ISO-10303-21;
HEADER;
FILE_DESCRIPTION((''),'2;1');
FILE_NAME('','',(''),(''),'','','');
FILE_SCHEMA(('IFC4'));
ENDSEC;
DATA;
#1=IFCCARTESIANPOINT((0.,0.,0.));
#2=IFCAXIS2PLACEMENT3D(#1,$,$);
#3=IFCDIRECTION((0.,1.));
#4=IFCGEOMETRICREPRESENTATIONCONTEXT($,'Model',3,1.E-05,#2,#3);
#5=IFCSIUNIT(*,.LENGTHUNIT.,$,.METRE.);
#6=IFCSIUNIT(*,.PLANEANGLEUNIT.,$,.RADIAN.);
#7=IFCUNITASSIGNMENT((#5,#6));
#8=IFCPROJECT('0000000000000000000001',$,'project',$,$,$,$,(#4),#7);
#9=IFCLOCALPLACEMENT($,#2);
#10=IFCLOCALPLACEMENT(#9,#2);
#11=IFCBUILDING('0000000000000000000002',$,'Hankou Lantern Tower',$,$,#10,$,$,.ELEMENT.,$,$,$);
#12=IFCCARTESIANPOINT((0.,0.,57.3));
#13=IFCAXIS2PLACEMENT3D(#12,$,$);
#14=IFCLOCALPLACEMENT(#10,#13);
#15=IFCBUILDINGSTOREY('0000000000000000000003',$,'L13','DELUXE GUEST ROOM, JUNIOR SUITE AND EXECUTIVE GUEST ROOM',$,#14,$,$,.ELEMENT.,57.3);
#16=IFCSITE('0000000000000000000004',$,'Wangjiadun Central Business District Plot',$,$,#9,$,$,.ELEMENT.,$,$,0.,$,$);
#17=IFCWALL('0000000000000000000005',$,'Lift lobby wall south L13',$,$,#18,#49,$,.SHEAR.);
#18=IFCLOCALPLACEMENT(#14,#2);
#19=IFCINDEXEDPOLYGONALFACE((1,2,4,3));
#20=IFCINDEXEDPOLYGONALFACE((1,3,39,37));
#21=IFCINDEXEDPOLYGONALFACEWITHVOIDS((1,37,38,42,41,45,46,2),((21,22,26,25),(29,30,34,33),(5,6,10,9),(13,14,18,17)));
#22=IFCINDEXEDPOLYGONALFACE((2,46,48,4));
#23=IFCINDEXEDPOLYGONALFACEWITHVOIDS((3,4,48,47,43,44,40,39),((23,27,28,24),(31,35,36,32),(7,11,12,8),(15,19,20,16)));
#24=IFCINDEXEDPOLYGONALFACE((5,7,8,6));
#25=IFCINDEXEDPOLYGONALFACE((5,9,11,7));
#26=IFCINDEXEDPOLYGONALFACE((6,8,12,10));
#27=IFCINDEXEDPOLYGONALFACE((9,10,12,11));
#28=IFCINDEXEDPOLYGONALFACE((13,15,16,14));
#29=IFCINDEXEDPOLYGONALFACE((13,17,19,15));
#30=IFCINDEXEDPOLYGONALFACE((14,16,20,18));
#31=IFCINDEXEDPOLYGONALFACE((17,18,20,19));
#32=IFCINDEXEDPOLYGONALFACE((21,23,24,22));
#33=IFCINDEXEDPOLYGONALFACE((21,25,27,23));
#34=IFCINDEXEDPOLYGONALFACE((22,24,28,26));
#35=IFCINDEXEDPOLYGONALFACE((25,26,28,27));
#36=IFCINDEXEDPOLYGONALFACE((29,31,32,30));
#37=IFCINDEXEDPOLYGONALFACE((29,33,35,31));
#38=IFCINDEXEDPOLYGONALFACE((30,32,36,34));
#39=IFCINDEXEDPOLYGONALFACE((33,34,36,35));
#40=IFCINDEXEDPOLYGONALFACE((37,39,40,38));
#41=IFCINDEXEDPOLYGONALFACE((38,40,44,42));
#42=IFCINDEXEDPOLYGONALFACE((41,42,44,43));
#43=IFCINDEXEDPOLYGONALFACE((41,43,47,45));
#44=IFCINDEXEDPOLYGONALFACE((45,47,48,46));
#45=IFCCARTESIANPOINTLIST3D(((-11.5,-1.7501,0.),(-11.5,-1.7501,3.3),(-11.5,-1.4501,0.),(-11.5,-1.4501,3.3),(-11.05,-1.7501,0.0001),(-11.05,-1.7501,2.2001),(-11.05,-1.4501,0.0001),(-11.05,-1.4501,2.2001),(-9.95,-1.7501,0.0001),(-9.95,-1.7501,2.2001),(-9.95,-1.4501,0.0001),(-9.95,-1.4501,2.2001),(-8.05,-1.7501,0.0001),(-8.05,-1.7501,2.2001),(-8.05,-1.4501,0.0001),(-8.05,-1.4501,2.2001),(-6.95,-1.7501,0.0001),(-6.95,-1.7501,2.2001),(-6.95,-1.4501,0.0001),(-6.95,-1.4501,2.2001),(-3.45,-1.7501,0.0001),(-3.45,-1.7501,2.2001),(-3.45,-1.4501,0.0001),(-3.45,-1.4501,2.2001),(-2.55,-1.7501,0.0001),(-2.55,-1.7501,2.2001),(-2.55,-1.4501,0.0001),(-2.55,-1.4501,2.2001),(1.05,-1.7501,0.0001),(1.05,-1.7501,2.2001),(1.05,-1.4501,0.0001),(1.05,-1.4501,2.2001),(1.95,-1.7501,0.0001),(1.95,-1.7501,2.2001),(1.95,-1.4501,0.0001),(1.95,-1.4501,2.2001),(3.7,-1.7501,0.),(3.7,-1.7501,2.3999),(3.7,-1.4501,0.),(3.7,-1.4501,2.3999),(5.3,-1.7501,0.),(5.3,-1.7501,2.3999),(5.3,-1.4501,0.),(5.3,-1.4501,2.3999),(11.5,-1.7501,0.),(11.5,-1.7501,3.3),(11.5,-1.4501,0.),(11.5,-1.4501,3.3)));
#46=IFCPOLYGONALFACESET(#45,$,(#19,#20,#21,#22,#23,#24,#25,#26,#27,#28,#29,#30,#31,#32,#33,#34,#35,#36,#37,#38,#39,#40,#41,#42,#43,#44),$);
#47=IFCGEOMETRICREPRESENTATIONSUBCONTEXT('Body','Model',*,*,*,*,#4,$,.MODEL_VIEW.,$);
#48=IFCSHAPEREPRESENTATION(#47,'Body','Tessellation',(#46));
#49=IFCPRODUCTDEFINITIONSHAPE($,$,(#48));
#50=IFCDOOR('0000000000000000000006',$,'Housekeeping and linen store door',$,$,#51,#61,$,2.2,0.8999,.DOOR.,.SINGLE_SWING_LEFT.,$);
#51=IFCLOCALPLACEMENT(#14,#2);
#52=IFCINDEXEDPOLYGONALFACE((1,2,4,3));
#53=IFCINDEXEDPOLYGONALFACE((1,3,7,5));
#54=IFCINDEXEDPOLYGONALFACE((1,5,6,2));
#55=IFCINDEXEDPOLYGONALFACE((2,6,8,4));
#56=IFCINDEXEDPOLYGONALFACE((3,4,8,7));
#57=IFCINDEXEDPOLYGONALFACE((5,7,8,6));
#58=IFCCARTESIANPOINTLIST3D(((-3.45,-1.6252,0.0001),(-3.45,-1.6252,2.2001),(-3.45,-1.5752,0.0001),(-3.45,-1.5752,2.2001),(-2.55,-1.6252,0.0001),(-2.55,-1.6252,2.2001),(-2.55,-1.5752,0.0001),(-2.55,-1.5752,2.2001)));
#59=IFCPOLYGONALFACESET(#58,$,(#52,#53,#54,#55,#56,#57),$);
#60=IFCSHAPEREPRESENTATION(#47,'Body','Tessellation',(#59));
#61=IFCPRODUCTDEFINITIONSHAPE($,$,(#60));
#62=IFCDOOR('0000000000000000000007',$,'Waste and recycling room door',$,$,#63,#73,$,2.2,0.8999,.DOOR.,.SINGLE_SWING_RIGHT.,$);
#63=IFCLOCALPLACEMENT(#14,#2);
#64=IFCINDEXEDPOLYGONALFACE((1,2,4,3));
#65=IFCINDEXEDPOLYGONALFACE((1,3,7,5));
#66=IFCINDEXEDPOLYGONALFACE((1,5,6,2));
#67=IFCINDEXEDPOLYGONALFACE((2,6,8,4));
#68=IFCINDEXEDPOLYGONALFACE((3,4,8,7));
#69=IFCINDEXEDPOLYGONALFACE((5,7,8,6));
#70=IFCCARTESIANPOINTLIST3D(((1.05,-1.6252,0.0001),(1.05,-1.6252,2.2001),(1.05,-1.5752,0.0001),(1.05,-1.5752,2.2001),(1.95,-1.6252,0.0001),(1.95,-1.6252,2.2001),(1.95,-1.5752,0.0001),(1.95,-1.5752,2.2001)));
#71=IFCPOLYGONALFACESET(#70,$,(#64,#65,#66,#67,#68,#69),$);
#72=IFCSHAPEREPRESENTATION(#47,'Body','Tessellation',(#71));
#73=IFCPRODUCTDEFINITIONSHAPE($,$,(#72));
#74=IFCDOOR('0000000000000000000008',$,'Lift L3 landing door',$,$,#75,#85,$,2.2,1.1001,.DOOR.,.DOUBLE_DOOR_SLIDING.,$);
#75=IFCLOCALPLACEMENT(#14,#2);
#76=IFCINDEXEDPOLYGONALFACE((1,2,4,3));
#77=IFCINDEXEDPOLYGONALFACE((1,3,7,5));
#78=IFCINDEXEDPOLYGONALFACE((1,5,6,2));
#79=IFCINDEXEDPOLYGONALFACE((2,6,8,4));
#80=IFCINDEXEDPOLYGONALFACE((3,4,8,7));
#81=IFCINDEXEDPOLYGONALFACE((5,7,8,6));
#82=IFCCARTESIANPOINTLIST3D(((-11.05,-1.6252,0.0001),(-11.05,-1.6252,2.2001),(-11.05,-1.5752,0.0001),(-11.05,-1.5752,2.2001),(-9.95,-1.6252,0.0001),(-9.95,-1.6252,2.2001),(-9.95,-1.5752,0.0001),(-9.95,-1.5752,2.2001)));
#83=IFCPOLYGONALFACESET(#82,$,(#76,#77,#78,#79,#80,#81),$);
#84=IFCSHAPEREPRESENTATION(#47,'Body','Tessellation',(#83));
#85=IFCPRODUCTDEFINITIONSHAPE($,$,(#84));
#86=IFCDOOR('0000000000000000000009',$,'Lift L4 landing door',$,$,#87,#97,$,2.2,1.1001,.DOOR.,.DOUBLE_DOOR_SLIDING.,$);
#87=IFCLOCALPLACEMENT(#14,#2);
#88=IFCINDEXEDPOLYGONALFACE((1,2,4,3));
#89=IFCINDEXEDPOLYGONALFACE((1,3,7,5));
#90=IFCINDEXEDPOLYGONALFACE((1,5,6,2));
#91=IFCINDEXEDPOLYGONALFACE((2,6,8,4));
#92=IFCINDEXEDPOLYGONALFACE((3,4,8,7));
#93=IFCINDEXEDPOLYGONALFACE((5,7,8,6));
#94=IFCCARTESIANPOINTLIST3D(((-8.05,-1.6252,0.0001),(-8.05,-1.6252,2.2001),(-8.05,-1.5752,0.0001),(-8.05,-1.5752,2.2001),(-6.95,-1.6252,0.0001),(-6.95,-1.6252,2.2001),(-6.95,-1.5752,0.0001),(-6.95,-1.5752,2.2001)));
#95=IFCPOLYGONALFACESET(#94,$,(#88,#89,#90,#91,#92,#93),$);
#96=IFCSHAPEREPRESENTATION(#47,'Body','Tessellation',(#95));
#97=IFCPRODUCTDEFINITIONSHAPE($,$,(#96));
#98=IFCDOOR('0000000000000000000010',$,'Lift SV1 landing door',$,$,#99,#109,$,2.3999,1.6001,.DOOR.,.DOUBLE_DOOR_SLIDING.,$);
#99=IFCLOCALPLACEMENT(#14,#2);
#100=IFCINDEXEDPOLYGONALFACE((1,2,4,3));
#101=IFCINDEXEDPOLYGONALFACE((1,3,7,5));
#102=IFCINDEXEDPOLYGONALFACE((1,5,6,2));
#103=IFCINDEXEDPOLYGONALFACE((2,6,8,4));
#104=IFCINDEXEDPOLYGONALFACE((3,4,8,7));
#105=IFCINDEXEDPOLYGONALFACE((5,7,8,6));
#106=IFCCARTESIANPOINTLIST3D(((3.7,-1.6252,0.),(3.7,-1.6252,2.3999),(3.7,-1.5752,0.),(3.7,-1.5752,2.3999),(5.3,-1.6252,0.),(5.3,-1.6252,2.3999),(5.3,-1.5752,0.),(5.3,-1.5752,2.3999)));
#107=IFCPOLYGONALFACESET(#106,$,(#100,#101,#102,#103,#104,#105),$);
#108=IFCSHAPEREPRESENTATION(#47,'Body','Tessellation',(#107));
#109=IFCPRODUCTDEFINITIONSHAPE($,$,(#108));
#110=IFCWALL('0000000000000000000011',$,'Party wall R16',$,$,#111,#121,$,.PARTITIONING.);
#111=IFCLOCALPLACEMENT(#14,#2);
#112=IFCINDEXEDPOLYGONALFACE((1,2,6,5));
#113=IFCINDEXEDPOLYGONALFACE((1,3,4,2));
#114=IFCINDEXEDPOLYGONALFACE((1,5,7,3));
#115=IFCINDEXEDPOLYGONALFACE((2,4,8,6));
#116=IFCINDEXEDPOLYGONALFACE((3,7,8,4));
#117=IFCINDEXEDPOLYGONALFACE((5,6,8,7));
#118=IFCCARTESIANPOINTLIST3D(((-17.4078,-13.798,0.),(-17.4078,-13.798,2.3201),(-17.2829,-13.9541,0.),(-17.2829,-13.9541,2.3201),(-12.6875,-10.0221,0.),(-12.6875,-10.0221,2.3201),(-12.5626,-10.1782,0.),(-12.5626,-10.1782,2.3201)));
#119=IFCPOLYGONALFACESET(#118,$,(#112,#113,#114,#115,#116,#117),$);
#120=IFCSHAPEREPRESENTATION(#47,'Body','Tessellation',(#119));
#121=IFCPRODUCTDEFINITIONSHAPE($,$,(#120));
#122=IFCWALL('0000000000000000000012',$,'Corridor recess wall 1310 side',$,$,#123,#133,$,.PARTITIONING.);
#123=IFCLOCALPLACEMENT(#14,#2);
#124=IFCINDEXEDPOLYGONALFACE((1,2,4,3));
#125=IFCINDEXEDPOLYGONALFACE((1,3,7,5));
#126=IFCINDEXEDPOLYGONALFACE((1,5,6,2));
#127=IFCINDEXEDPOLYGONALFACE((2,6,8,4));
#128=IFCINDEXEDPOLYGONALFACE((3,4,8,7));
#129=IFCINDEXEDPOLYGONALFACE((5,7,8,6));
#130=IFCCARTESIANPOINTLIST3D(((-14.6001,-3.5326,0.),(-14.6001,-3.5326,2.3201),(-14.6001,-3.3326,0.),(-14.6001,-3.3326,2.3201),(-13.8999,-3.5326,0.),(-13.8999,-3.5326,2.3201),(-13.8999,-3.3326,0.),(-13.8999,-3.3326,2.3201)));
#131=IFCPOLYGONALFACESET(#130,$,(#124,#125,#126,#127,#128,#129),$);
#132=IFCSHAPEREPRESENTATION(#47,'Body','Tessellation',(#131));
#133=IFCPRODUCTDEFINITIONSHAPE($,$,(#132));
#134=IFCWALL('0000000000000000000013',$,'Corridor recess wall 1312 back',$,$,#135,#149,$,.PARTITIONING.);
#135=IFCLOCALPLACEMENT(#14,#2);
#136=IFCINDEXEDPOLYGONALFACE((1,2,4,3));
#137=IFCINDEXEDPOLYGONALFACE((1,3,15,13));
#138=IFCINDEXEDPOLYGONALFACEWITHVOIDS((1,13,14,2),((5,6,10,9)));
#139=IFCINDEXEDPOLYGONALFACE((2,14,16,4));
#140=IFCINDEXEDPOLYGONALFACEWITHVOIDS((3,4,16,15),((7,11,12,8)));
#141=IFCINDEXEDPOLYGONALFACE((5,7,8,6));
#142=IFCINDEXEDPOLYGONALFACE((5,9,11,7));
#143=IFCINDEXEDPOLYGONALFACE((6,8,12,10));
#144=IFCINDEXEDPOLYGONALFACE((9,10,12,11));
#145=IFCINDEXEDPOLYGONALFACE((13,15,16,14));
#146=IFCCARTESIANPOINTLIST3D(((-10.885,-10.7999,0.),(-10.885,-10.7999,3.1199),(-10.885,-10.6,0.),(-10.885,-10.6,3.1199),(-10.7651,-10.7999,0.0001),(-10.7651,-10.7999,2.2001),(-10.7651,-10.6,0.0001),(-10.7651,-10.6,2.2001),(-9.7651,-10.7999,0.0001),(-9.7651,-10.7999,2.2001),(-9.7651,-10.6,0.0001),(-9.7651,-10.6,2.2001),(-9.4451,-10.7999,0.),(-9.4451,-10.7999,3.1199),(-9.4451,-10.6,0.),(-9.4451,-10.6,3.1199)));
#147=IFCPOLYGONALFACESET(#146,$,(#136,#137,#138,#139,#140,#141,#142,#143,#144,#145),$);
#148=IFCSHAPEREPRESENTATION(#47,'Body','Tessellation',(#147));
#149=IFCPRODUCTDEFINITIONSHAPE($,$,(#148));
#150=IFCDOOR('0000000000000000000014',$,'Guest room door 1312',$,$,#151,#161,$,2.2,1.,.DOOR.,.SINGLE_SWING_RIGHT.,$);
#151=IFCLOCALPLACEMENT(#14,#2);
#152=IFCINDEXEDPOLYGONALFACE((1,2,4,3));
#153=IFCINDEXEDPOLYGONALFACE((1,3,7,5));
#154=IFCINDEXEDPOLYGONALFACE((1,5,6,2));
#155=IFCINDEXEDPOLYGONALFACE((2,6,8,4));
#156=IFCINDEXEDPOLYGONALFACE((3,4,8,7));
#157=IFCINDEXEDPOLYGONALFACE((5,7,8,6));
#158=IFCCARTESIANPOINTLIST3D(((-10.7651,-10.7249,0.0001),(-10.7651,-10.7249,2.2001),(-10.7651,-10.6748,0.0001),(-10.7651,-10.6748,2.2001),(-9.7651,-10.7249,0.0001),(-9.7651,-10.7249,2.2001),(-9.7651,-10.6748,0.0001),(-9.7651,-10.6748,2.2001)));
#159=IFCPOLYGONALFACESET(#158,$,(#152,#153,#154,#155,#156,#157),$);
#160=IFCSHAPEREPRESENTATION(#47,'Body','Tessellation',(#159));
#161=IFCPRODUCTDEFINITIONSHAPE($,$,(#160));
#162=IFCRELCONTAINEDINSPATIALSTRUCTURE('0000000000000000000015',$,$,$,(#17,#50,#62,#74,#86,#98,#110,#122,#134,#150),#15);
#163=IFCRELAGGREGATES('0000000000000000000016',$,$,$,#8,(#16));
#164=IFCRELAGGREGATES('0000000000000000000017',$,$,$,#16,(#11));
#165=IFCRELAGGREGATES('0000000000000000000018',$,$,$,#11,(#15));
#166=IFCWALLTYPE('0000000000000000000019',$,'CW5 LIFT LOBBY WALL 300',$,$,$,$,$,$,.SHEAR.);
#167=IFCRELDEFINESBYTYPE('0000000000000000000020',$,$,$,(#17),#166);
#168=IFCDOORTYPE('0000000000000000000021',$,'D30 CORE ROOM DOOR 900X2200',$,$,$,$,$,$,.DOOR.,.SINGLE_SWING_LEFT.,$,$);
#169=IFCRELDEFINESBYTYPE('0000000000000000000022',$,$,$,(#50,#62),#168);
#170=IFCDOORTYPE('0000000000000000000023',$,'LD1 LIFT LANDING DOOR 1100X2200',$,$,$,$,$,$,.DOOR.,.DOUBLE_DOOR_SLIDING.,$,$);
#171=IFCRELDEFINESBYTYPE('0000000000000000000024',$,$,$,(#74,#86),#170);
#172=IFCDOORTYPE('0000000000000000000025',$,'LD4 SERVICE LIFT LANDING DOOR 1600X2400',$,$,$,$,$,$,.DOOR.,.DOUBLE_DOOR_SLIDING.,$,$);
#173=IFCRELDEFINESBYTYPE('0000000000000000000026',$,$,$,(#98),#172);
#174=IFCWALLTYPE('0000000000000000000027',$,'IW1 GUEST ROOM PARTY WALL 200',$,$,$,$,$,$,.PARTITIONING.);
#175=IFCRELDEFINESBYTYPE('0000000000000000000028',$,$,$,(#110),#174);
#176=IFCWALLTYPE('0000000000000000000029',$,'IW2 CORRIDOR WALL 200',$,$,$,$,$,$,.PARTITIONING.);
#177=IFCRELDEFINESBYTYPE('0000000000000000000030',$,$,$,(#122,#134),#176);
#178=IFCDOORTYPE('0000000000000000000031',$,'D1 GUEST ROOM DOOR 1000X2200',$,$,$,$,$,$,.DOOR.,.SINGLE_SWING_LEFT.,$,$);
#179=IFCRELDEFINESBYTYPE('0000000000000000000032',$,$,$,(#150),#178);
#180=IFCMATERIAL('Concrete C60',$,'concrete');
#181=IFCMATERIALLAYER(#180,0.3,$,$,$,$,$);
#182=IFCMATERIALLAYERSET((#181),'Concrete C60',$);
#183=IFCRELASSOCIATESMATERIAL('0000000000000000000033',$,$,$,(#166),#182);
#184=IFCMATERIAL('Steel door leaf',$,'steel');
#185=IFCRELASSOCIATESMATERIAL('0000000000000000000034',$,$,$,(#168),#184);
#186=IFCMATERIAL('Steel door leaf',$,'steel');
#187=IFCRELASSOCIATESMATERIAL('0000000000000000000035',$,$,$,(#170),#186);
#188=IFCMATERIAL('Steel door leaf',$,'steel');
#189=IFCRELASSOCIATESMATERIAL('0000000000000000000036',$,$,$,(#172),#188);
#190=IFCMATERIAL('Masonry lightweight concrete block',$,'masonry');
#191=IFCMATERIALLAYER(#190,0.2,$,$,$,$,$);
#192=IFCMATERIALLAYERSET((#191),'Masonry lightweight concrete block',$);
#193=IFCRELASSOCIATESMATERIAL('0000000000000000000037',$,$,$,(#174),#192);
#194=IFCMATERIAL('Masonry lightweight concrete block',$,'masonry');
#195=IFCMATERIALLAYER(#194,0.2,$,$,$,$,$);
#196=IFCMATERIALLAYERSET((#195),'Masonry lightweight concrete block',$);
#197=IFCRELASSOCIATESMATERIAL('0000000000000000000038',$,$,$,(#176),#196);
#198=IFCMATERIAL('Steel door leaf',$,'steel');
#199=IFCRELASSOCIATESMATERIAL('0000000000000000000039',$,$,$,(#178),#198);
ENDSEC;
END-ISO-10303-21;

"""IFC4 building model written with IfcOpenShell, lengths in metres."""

from ifc_helpers import new_model, si_unit, direction, frame, frame_2d, origin, place, context, subcontext, project, spatial, rectangle, extrude, material, layer, layer_set, type_object, element, fill, save


model = new_model("IFC4")

# Units and contexts
model_context = context("Model", 3, precision=1e-05, world=origin(), true_north=direction((0.0, 1.0)))
body_context = subcontext(model_context, "Body", "Model", "MODEL_VIEW")
ifc_project = project(units=[si_unit("LENGTHUNIT", "METRE"), si_unit("PLANEANGLEUNIT", "RADIAN")], contexts=[model_context])

# Site, building, storey
site_placement = place(None, origin())
site = spatial("IfcSite", under=ifc_project, at=site_placement, Name="Wangjiadun Central Business District Plot", CompositionType="ELEMENT", RefElevation=0.0)
building_placement = place(site_placement, origin())
building = spatial("IfcBuilding", under=site, at=building_placement, Name="Hankou Lantern Tower", CompositionType="ELEMENT")
storey_placement = place(building_placement, frame((0.0, 0.0, 57.3)))
storey = spatial("IfcBuildingStorey", under=building, at=storey_placement, Name="L13", Description="DELUXE GUEST ROOM, JUNIOR SUITE AND EXECUTIVE GUEST ROOM", CompositionType="ELEMENT", Elevation=57.3)

# Wall, openings, doors
ifc_material_1 = material(Name="Concrete C60", Category="concrete")
ifc_layer_1 = layer(ifc_material_1, 0.3)
ifc_layer_set_1 = layer_set([ifc_layer_1], Name="Concrete C60")
wall_type_1 = type_object("IfcWallType", Name="CW5 LIFT LOBBY WALL 300", PredefinedType="SHEAR", material=ifc_layer_set_1)
wall_1_placement = place(storey_placement, frame((-11.5, -1.6001, 0.0), z_axis=(0.0, 0.0, 1.0), x_axis=(1.0, 0.0, 0.0)))
wall_1 = element("IfcWall", 1, at=wall_1_placement, inside=storey, type_object=wall_type_1, Name="Lift lobby wall south L13", PredefinedType="SHEAR", context=body_context, shape_type="SweptSolid", body=[
    extrude(rectangle(XDim=23.0, YDim=0.3, at=frame_2d((11.5, 0.0))), origin(), (0.0, 0.0, 1.0), 3.3),
])
opening_1_placement = place(wall_1_placement, frame((0.45, 0.0, 0.0)))
opening_1 = element("IfcOpeningElement", 2, at=opening_1_placement, cuts=wall_1, PredefinedType="OPENING", context=body_context, shape_type="SweptSolid", body=[
    extrude(rectangle(XDim=1.1001, YDim=2.2, at=frame_2d((0.55, 1.1001))), frame((0.0, 0.1599, 0.0), z_axis=(0.0, -1.0, 0.0), x_axis=(1.0, 0.0, 0.0)), (0.0, 0.0, 1.0), 0.3201),
])
opening_2_placement = place(wall_1_placement, frame((3.45, 0.0, 0.0)))
opening_2 = element("IfcOpeningElement", 3, at=opening_2_placement, cuts=wall_1, PredefinedType="OPENING", context=body_context, shape_type="SweptSolid", body=[
    extrude(rectangle(XDim=1.1001, YDim=2.2, at=frame_2d((0.55, 1.1001))), frame((0.0, 0.1599, 0.0), z_axis=(0.0, -1.0, 0.0), x_axis=(1.0, 0.0, 0.0)), (0.0, 0.0, 1.0), 0.3201),
])
opening_3_placement = place(wall_1_placement, frame((15.2, 0.0, 0.0)))
opening_3 = element("IfcOpeningElement", 4, at=opening_3_placement, cuts=wall_1, PredefinedType="OPENING", context=body_context, shape_type="SweptSolid", body=[
    extrude(rectangle(XDim=1.6001, YDim=2.3999, at=frame_2d((0.8, 1.2))), frame((0.0, 0.1599, 0.0), z_axis=(0.0, -1.0, 0.0), x_axis=(1.0, 0.0, 0.0)), (0.0, 0.0, 1.0), 0.3201),
])
opening_4_placement = place(wall_1_placement, frame((8.05, 0.0, 0.0)))
opening_4 = element("IfcOpeningElement", 5, at=opening_4_placement, cuts=wall_1, PredefinedType="OPENING", context=body_context, shape_type="SweptSolid", body=[
    extrude(rectangle(XDim=0.8999, YDim=2.2, at=frame_2d((0.45, 1.1001))), frame((0.0, 0.1599, 0.0), z_axis=(0.0, -1.0, 0.0), x_axis=(1.0, 0.0, 0.0)), (0.0, 0.0, 1.0), 0.3201),
])
opening_5_placement = place(wall_1_placement, frame((12.55, 0.0, 0.0)))
opening_5 = element("IfcOpeningElement", 6, at=opening_5_placement, cuts=wall_1, PredefinedType="OPENING", context=body_context, shape_type="SweptSolid", body=[
    extrude(rectangle(XDim=0.8999, YDim=2.2, at=frame_2d((0.45, 1.1001))), frame((0.0, 0.1599, 0.0), z_axis=(0.0, -1.0, 0.0), x_axis=(1.0, 0.0, 0.0)), (0.0, 0.0, 1.0), 0.3201),
])
ifc_material_2 = material(Name="Steel door leaf", Category="steel")
door_type_1 = type_object("IfcDoorType", Name="D30 CORE ROOM DOOR 900X2200", OperationType="SINGLE_SWING_LEFT", PredefinedType="DOOR", material=ifc_material_2)
door_1_placement = place(opening_4_placement, origin())
door_1 = element("IfcDoor", 7, at=door_1_placement, inside=storey, type_object=door_type_1, Name="Housekeeping and linen store door", OperationType="SINGLE_SWING_LEFT", OverallHeight=2.2, OverallWidth=0.8999, PredefinedType="DOOR", context=body_context, shape_type="SweptSolid", body=[
    extrude(rectangle(XDim=0.8999, YDim=2.2, at=frame_2d((0.45, 1.1001))), frame((0.0, 0.0249, 0.0), z_axis=(0.0, -1.0, 0.0), x_axis=(1.0, 0.0, 0.0)), (0.0, 0.0, 1.0), 0.05),
])
fill(opening_4, door_1)
door_2_placement = place(opening_5_placement, origin())
door_2 = element("IfcDoor", 8, at=door_2_placement, inside=storey, type_object=door_type_1, Name="Waste and recycling room door", OperationType="SINGLE_SWING_RIGHT", OverallHeight=2.2, OverallWidth=0.8999, PredefinedType="DOOR", context=body_context, shape_type="SweptSolid", body=[
    extrude(rectangle(XDim=0.8999, YDim=2.2, at=frame_2d((0.45, 1.1001))), frame((0.0, 0.0249, 0.0), z_axis=(0.0, -1.0, 0.0), x_axis=(1.0, 0.0, 0.0)), (0.0, 0.0, 1.0), 0.05),
])
fill(opening_5, door_2)
ifc_material_3 = material(Name="Steel door leaf", Category="steel")
door_type_2 = type_object("IfcDoorType", Name="LD1 LIFT LANDING DOOR 1100X2200", OperationType="DOUBLE_DOOR_SLIDING", PredefinedType="DOOR", material=ifc_material_3)
door_3_placement = place(opening_1_placement, origin())
door_3 = element("IfcDoor", 9, at=door_3_placement, inside=storey, type_object=door_type_2, Name="Lift L3 landing door", OperationType="DOUBLE_DOOR_SLIDING", OverallHeight=2.2, OverallWidth=1.1001, PredefinedType="DOOR", context=body_context, shape_type="SweptSolid", body=[
    extrude(rectangle(XDim=1.1001, YDim=2.2, at=frame_2d((0.55, 1.1001))), frame((0.0, 0.0249, 0.0), z_axis=(0.0, -1.0, 0.0), x_axis=(1.0, 0.0, 0.0)), (0.0, 0.0, 1.0), 0.05),
])
fill(opening_1, door_3)
door_4_placement = place(opening_2_placement, origin())
door_4 = element("IfcDoor", 10, at=door_4_placement, inside=storey, type_object=door_type_2, Name="Lift L4 landing door", OperationType="DOUBLE_DOOR_SLIDING", OverallHeight=2.2, OverallWidth=1.1001, PredefinedType="DOOR", context=body_context, shape_type="SweptSolid", body=[
    extrude(rectangle(XDim=1.1001, YDim=2.2, at=frame_2d((0.55, 1.1001))), frame((0.0, 0.0249, 0.0), z_axis=(0.0, -1.0, 0.0), x_axis=(1.0, 0.0, 0.0)), (0.0, 0.0, 1.0), 0.05),
])
fill(opening_2, door_4)
ifc_material_4 = material(Name="Steel door leaf", Category="steel")
door_type_3 = type_object("IfcDoorType", Name="LD4 SERVICE LIFT LANDING DOOR 1600X2400", OperationType="DOUBLE_DOOR_SLIDING", PredefinedType="DOOR", material=ifc_material_4)
door_5_placement = place(opening_3_placement, origin())
door_5 = element("IfcDoor", 11, at=door_5_placement, inside=storey, type_object=door_type_3, Name="Lift SV1 landing door", OperationType="DOUBLE_DOOR_SLIDING", OverallHeight=2.3999, OverallWidth=1.6001, PredefinedType="DOOR", context=body_context, shape_type="SweptSolid", body=[
    extrude(rectangle(XDim=1.6001, YDim=2.3999, at=frame_2d((0.8, 1.2))), frame((0.0, 0.0249, 0.0), z_axis=(0.0, -1.0, 0.0), x_axis=(1.0, 0.0, 0.0)), (0.0, 0.0, 1.0), 0.05),
])
fill(opening_3, door_5)

# Walls
ifc_material_5 = material(Name="Masonry lightweight concrete block", Category="masonry")
ifc_layer_2 = layer(ifc_material_5, 0.2)
ifc_layer_set_2 = layer_set([ifc_layer_2], Name="Masonry lightweight concrete block")
wall_type_2 = type_object("IfcWallType", Name="IW1 GUEST ROOM PARTY WALL 200", PredefinedType="PARTITIONING", material=ifc_layer_set_2)
wall_2_placement = place(storey_placement, frame((-12.625, -10.1001, 0.0), z_axis=(0.0, 0.0, 1.0), x_axis=(-0.780892, -0.624665, 0.0)))
element("IfcWall", 12, at=wall_2_placement, inside=storey, type_object=wall_type_2, Name="Party wall R16", PredefinedType="PARTITIONING", context=body_context, shape_type="SweptSolid", body=[
    extrude(rectangle(XDim=6.0447, YDim=0.2, at=frame_2d((3.0225, 0.0))), origin(), (0.0, 0.0, 1.0), 2.3201),
])
ifc_material_6 = material(Name="Masonry lightweight concrete block", Category="masonry")
ifc_layer_3 = layer(ifc_material_6, 0.2)
ifc_layer_set_3 = layer_set([ifc_layer_3], Name="Masonry lightweight concrete block")
wall_type_3 = type_object("IfcWallType", Name="IW2 CORRIDOR WALL 200", PredefinedType="PARTITIONING", material=ifc_layer_set_3)
wall_3_placement = place(storey_placement, frame((-13.8999, -3.4326, 0.0), z_axis=(0.0, 0.0, 1.0), x_axis=(-1.0, 0.0, 0.0)))
element("IfcWall", 13, at=wall_3_placement, inside=storey, type_object=wall_type_3, Name="Corridor recess wall 1310 side", PredefinedType="PARTITIONING", context=body_context, shape_type="SweptSolid", body=[
    extrude(rectangle(XDim=0.7002, YDim=0.2, at=frame_2d((0.3501, 0.0))), origin(), (0.0, 0.0, 1.0), 2.3201),
])

# Wall, opening, door
wall_4_placement = place(storey_placement, frame((-9.4451, -10.7, 0.0), z_axis=(0.0, 0.0, 1.0), x_axis=(-1.0, 0.0, 0.0)))
wall_4 = element("IfcWall", 14, at=wall_4_placement, inside=storey, type_object=wall_type_3, Name="Corridor recess wall 1312 back", PredefinedType="PARTITIONING", context=body_context, shape_type="SweptSolid", body=[
    extrude(rectangle(XDim=1.4399, YDim=0.2, at=frame_2d((0.72, 0.0))), origin(), (0.0, 0.0, 1.0), 3.1199),
])
opening_6_placement = place(wall_4_placement, frame((0.3201, 0.0, 0.0)))
opening_6 = element("IfcOpeningElement", 15, at=opening_6_placement, cuts=wall_4, PredefinedType="OPENING", context=body_context, shape_type="SweptSolid", body=[
    extrude(rectangle(XDim=1.0, YDim=2.2, at=frame_2d((0.5, 1.1001))), frame((0.0, 0.1099, 0.0), z_axis=(0.0, -1.0, 0.0), x_axis=(1.0, 0.0, 0.0)), (0.0, 0.0, 1.0), 0.22),
])
ifc_material_7 = material(Name="Steel door leaf", Category="steel")
door_type_4 = type_object("IfcDoorType", Name="D1 GUEST ROOM DOOR 1000X2200", OperationType="SINGLE_SWING_LEFT", PredefinedType="DOOR", material=ifc_material_7)
door_6_placement = place(opening_6_placement, origin())
door_6 = element("IfcDoor", 16, at=door_6_placement, inside=storey, type_object=door_type_4, Name="Guest room door 1312", OperationType="SINGLE_SWING_RIGHT", OverallHeight=2.2, OverallWidth=1.0, PredefinedType="DOOR", context=body_context, shape_type="SweptSolid", body=[
    extrude(rectangle(XDim=1.0, YDim=2.2, at=frame_2d((0.5, 1.1001))), frame((0.0, 0.0249, 0.0), z_axis=(0.0, -1.0, 0.0), x_axis=(1.0, 0.0, 0.0)), (0.0, 0.0, 1.0), 0.05),
])
fill(opening_6, door_6)

save(model, "model.ifc")
